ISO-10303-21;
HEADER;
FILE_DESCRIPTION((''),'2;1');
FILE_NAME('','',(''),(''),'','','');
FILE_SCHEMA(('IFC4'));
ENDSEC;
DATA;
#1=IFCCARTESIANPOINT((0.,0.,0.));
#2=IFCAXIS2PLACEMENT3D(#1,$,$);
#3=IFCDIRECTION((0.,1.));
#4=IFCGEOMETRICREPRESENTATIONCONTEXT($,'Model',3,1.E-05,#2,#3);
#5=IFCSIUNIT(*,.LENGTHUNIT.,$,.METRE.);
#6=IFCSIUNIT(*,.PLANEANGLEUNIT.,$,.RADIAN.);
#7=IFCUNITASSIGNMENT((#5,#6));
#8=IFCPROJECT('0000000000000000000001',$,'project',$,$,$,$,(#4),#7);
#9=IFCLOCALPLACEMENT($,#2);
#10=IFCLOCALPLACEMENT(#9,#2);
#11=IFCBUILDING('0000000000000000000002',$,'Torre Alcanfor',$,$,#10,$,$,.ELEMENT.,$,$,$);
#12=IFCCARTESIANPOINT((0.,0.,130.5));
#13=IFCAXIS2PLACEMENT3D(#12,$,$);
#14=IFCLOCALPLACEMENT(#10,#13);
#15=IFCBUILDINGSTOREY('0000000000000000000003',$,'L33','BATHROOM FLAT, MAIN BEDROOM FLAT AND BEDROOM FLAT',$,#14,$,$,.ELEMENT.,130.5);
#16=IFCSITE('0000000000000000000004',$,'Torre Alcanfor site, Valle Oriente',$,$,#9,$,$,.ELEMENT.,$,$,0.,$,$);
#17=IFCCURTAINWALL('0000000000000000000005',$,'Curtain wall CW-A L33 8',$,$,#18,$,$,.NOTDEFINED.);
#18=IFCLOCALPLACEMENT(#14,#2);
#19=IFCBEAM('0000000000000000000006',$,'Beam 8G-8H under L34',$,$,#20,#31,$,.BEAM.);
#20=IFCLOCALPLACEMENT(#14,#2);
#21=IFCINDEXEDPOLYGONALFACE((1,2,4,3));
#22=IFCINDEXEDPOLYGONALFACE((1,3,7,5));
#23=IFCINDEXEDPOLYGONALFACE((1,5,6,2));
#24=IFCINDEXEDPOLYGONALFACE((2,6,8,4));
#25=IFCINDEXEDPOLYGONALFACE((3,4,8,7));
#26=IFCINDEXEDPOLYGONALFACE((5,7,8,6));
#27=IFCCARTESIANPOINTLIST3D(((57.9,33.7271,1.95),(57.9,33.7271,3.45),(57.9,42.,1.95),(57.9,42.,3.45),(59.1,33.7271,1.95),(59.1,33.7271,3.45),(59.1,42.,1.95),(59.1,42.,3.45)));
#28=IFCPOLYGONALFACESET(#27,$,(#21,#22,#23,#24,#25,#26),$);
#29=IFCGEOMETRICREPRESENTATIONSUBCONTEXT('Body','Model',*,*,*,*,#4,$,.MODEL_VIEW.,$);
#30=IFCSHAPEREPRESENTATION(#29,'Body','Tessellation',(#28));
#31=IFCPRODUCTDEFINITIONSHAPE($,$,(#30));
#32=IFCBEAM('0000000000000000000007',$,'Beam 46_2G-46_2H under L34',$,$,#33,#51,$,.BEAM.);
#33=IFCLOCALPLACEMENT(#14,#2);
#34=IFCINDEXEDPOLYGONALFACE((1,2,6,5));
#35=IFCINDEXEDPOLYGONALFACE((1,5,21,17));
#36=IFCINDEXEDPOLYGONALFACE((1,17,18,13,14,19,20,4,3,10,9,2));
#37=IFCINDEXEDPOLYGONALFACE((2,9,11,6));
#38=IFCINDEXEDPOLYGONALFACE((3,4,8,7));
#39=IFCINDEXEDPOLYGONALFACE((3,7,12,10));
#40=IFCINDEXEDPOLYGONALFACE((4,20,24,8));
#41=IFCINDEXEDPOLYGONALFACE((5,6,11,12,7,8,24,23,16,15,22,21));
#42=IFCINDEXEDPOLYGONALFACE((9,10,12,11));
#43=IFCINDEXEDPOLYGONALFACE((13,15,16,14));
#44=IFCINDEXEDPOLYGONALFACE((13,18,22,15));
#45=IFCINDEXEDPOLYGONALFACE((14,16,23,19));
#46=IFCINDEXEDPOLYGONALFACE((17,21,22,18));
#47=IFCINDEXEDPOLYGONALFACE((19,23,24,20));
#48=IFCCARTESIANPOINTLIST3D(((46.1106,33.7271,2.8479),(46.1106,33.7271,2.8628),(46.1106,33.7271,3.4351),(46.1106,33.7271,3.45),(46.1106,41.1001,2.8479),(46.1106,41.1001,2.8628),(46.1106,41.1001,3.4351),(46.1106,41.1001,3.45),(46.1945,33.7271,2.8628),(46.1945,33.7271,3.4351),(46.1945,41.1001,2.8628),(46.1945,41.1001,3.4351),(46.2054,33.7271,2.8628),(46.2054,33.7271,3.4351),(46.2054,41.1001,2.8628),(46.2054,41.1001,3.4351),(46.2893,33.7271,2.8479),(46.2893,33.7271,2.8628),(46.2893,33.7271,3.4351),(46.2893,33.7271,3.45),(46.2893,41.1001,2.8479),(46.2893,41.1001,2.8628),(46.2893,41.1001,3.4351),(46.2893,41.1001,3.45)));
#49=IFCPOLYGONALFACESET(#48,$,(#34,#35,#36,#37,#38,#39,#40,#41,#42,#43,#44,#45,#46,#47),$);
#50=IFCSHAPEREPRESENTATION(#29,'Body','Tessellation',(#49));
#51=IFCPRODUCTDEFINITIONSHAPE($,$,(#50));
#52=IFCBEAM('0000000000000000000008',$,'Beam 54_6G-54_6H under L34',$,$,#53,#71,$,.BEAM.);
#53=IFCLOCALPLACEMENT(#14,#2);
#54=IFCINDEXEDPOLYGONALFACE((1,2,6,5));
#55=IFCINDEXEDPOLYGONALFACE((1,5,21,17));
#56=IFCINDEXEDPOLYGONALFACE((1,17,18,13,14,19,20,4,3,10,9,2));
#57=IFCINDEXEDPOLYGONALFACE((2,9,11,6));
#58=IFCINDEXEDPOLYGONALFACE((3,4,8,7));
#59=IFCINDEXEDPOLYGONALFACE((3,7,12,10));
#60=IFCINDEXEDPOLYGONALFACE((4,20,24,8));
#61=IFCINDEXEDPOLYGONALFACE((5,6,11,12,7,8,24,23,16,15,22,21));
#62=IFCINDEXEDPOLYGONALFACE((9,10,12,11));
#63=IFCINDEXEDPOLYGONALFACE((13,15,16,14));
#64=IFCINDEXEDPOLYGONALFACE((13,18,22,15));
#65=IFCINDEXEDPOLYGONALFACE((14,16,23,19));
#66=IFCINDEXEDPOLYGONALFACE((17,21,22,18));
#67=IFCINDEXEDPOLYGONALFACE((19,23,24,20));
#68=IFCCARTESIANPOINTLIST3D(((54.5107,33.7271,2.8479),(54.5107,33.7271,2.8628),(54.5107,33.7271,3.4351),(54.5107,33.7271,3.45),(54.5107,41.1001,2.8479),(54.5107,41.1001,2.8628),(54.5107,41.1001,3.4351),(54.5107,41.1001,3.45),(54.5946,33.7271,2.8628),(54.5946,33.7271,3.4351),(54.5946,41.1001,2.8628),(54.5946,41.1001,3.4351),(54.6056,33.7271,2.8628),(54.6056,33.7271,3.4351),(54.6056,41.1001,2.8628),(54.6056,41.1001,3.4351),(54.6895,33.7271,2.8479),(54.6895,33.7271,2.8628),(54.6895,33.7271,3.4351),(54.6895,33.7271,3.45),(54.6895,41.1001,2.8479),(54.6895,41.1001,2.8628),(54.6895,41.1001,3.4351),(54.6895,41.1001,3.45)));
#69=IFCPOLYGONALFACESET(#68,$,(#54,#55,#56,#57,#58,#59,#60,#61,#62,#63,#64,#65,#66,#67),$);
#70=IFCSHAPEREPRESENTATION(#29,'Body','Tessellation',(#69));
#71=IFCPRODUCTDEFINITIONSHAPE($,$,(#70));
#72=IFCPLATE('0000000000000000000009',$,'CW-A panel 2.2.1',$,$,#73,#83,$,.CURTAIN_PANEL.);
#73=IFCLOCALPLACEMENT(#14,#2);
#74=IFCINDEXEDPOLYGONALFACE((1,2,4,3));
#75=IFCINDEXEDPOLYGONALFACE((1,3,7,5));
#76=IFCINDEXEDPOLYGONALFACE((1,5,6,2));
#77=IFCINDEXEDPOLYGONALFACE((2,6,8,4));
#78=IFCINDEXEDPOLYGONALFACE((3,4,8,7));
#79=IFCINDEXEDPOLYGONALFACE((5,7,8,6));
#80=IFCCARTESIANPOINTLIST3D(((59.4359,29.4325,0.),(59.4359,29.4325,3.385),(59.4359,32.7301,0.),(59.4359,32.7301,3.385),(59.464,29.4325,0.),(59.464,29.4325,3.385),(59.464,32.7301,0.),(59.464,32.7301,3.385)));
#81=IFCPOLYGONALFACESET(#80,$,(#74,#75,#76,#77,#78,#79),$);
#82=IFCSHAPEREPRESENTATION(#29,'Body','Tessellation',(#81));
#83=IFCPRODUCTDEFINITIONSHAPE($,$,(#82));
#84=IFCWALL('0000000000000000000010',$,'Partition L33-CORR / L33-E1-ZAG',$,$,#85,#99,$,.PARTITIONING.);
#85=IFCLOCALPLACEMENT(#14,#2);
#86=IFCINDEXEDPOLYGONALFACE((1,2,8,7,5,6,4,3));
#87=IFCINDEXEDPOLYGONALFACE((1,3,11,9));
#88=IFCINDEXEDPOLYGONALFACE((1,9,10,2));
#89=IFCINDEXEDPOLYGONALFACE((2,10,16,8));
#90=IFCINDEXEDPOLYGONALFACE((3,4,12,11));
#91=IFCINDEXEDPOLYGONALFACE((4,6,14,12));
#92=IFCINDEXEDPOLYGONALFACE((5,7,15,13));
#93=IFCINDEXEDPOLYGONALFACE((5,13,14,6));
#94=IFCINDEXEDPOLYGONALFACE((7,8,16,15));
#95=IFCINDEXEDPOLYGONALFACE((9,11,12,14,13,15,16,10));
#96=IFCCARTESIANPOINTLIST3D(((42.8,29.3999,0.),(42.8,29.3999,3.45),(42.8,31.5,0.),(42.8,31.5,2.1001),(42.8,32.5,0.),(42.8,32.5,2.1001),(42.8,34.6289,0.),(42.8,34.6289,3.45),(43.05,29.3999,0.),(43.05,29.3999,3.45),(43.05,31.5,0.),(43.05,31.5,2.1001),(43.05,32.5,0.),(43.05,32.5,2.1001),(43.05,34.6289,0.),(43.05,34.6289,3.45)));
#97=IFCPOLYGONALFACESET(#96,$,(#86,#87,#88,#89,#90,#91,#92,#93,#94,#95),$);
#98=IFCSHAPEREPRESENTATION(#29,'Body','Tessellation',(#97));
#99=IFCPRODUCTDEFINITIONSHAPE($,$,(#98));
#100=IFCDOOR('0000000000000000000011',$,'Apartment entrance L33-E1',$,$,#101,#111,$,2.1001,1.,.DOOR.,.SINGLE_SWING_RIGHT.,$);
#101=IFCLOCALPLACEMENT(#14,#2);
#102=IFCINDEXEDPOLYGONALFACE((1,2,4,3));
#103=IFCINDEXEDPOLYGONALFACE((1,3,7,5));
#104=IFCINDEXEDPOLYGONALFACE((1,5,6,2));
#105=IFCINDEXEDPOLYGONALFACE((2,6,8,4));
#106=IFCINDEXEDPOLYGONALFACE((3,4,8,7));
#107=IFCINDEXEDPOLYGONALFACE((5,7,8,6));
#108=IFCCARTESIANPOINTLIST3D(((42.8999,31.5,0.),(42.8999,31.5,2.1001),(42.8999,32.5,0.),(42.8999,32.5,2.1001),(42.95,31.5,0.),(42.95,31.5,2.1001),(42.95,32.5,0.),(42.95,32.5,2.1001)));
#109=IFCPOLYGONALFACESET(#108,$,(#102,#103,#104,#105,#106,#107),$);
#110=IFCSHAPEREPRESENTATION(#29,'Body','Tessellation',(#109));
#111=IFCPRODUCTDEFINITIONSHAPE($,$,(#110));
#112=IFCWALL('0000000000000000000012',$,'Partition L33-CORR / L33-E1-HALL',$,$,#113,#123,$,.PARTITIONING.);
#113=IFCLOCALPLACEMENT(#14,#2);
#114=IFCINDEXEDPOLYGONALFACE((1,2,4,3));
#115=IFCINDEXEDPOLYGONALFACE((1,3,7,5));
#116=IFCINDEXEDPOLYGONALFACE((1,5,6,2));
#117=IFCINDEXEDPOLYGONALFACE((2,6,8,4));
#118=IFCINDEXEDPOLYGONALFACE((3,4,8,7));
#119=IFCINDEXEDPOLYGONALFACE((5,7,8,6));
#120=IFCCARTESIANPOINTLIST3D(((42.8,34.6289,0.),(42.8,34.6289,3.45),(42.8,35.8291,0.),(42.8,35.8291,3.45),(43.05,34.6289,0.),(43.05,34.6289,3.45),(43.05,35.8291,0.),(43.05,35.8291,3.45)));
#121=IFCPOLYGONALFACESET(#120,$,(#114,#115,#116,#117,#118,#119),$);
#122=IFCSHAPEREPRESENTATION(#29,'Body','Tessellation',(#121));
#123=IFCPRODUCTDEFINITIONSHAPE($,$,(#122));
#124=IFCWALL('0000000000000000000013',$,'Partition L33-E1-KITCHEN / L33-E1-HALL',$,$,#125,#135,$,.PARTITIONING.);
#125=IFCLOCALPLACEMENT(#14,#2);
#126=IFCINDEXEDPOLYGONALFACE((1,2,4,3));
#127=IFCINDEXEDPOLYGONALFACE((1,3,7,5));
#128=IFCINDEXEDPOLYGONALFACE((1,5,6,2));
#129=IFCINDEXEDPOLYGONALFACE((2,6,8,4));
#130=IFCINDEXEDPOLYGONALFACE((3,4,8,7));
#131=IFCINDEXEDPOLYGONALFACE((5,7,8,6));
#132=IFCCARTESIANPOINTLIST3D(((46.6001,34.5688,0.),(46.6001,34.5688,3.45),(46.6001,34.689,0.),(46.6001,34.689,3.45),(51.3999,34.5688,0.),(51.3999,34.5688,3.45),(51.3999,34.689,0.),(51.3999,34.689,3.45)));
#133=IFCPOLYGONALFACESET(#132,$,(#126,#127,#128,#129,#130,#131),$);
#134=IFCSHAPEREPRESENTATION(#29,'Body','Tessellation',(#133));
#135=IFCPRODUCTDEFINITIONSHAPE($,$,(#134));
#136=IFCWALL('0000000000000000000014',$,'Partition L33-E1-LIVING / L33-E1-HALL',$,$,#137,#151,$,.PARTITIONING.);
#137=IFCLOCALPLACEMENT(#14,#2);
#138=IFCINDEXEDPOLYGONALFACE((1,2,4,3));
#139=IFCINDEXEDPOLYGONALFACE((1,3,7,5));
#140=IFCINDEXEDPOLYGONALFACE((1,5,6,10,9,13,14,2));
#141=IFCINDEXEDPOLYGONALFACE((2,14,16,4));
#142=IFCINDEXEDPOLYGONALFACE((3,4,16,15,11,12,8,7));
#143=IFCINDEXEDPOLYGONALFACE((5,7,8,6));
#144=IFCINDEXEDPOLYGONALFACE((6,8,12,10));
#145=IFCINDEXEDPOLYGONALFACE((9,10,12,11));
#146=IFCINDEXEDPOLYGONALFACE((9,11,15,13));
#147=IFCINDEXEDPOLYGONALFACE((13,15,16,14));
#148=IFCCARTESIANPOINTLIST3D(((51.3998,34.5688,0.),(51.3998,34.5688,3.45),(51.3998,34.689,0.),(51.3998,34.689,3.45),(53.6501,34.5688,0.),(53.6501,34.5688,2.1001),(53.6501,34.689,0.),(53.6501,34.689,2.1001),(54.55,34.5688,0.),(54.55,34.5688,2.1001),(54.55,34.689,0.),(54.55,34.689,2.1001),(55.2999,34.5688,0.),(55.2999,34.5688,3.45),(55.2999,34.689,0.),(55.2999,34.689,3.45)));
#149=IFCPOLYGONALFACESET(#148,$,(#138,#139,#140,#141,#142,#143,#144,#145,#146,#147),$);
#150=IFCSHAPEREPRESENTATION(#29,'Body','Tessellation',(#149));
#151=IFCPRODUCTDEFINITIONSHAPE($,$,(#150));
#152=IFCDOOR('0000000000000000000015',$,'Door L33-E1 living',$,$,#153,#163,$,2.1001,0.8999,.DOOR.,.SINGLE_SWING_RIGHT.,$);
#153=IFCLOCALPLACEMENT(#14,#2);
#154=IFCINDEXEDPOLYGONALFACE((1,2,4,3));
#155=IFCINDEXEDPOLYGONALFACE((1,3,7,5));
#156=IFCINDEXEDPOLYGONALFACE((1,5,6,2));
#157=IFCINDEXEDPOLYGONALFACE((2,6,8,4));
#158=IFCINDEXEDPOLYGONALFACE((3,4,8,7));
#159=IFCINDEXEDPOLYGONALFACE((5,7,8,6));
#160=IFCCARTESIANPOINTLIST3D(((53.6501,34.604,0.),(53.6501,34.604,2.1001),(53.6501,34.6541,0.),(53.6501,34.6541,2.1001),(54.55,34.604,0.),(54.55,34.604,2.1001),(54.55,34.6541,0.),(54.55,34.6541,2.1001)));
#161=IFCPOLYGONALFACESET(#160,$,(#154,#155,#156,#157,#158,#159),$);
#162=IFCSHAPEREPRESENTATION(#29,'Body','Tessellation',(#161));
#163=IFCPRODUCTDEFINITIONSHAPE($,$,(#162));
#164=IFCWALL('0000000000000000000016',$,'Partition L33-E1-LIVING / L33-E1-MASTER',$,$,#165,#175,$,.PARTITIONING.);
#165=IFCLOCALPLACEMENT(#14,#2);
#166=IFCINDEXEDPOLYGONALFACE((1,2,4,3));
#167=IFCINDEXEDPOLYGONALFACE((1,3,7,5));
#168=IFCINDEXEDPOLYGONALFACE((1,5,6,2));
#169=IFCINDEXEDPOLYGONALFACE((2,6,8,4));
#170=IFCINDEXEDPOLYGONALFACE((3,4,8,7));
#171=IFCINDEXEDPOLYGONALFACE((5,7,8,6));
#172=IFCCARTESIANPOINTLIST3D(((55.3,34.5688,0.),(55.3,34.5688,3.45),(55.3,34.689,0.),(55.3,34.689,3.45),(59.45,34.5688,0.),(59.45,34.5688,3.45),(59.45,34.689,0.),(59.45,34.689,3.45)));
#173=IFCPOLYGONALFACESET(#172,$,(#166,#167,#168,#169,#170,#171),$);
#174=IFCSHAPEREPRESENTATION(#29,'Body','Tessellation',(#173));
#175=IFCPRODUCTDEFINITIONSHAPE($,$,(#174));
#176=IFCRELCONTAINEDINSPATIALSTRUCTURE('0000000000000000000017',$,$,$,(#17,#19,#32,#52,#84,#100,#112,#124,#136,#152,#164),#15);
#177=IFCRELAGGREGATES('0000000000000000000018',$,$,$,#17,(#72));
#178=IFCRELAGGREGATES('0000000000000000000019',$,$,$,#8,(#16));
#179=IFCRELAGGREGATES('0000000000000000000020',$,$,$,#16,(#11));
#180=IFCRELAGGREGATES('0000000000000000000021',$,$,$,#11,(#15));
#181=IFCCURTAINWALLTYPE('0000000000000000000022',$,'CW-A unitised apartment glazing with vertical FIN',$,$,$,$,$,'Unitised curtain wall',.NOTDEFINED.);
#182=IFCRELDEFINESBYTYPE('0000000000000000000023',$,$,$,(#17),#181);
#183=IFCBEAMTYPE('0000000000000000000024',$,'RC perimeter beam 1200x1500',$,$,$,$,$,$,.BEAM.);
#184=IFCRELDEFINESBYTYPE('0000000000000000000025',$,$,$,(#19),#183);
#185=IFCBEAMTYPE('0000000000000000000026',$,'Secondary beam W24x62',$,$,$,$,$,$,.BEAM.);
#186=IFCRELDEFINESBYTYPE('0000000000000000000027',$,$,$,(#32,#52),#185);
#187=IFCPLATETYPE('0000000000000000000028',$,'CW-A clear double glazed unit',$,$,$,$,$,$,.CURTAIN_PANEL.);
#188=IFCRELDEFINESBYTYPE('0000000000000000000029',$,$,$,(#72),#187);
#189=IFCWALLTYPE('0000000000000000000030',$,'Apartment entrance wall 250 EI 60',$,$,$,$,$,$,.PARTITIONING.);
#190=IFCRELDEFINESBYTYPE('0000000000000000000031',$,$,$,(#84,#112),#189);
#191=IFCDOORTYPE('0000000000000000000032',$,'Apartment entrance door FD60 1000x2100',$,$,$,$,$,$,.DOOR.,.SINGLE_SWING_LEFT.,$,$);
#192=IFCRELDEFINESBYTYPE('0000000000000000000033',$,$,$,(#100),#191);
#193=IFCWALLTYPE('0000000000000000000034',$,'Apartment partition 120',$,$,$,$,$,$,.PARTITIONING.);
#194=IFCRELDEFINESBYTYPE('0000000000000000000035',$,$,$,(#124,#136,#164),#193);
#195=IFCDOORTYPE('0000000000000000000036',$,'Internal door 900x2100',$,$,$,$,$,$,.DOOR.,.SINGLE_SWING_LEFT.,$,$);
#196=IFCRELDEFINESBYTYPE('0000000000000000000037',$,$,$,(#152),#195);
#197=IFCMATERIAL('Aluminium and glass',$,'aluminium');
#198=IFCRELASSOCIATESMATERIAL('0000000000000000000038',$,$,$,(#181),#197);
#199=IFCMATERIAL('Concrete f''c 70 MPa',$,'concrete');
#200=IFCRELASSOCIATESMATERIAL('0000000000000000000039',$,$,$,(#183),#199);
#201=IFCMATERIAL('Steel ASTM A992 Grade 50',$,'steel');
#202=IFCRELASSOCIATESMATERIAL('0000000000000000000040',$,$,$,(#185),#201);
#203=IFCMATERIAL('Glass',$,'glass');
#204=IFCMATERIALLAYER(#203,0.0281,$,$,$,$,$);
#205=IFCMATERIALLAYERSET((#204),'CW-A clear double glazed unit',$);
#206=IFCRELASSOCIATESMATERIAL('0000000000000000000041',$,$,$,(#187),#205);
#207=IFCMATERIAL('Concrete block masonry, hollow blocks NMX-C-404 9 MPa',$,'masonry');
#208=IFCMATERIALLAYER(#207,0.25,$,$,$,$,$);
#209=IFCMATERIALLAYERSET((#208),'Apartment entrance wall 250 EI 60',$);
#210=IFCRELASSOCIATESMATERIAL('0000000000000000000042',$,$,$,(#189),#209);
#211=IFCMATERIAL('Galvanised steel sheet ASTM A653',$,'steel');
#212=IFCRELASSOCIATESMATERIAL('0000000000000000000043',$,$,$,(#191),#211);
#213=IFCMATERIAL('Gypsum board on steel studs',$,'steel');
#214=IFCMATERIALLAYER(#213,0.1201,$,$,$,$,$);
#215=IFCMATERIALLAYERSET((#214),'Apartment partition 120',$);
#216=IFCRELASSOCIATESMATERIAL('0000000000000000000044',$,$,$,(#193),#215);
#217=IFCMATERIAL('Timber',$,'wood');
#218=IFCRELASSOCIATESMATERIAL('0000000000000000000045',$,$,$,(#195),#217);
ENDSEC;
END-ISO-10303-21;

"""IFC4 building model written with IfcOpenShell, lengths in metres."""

from ifc_helpers import new_model, si_unit, direction, frame, frame_2d, origin, origin_2d, place, context, subcontext, project, spatial, rectangle, i_section, extrude, material, layer, layer_set, material_profile, profile_set, type_object, element, fill, aggregate, save


model = new_model("IFC4")

# Units and contexts
model_context = context("Model", 3, precision=1e-05, world=origin(), true_north=direction((0.0, 1.0)))
body_context = subcontext(model_context, "Body", "Model", "MODEL_VIEW")
ifc_project = project(units=[si_unit("LENGTHUNIT", "METRE"), si_unit("PLANEANGLEUNIT", "RADIAN")], contexts=[model_context])

# Site, building, storey
site_placement = place(None, origin())
site = spatial("IfcSite", under=ifc_project, at=site_placement, Name="Torre Alcanfor site, Valle Oriente", CompositionType="ELEMENT", RefElevation=0.0)
building_placement = place(site_placement, origin())
building = spatial("IfcBuilding", under=site, at=building_placement, Name="Torre Alcanfor", CompositionType="ELEMENT")
storey_placement = place(building_placement, frame((0.0, 0.0, 130.5)))
storey = spatial("IfcBuildingStorey", under=building, at=storey_placement, Name="L33", Description="BATHROOM FLAT, MAIN BEDROOM FLAT AND BEDROOM FLAT", CompositionType="ELEMENT", Elevation=130.5)

# Curtain wall
ifc_material_1 = material(Name="Aluminium and glass", Category="aluminium")
curtain_wall_type = type_object("IfcCurtainWallType", Name="CW-A unitised apartment glazing with vertical FIN", ElementType="Unitised curtain wall", PredefinedType="NOTDEFINED", material=ifc_material_1)
curtain_wall_placement = place(storey_placement, origin())
curtain_wall = element("IfcCurtainWall", 1, at=curtain_wall_placement, inside=storey, type_object=curtain_wall_type, Name="Curtain wall CW-A L33 8", PredefinedType="NOTDEFINED")

# Beams
ifc_material_2 = material(Name="Concrete f'c 70 MPa", Category="concrete")
ifc_material_profile_1 = material_profile(ifc_material_2, rectangle(XDim=1.2, YDim=1.5, at=origin_2d()), Name="1200x1500")
ifc_profile_set_1 = profile_set([ifc_material_profile_1], Name="Concrete f'c 70 MPa")
beam_type_1 = type_object("IfcBeamType", Name="RC perimeter beam 1200x1500", PredefinedType="BEAM", material=ifc_profile_set_1)
beam_1_placement = place(storey_placement, frame((58.5, 33.7271, 2.7), z_axis=(0.0, 1.0, 0.0), x_axis=(-1.0, 0.0, 0.0)))
element("IfcBeam", 2, at=beam_1_placement, inside=storey, type_object=beam_type_1, Name="Beam 8G-8H under L34", PredefinedType="BEAM", context=body_context, shape_type="SweptSolid", body=[
    extrude(rectangle(XDim=1.2, YDim=1.5, at=origin_2d()), origin(), (0.0, 0.0, 1.0), 8.2729),
])
ifc_material_3 = material(Name="Steel ASTM A992 Grade 50", Category="steel")
ifc_material_profile_2 = material_profile(ifc_material_3, i_section(OverallWidth=0.1787, OverallDepth=0.6021, WebThickness=0.011, FlangeThickness=0.0149, at=origin_2d()), Name="W24x62")
ifc_profile_set_2 = profile_set([ifc_material_profile_2], Name="Steel ASTM A992 Grade 50")
beam_type_2 = type_object("IfcBeamType", Name="Secondary beam W24x62", PredefinedType="BEAM", material=ifc_profile_set_2)
for number, where, z_axis, x_axis, name in (
    (3, (46.2, 33.7271, 3.1489), (0.0, 1.0, 0.0), (-1.0, 0.0, 0.0), "Beam 46_2G-46_2H under L34"),
    (4, (54.6001, 33.7271, 3.1489), (0.0, 1.0, 0.0), (-1.0, 0.0, 0.0), "Beam 54_6G-54_6H under L34"),
):
    element("IfcBeam", number, at=place(storey_placement, frame(where, z_axis=z_axis, x_axis=x_axis)), inside=storey, type_object=beam_type_2, Name=name, PredefinedType="BEAM", context=body_context, shape_type="SweptSolid", body=[
        extrude(i_section(OverallWidth=0.1787, OverallDepth=0.6021, WebThickness=0.011, FlangeThickness=0.0149, at=origin_2d()), origin(), (0.0, 0.0, 1.0), 7.373),
    ])

# Plate
ifc_material_4 = material(Name="Glass", Category="glass")
ifc_layer_1 = layer(ifc_material_4, 0.0281)
ifc_layer_set_1 = layer_set([ifc_layer_1], Name="CW-A clear double glazed unit")
plate_type = type_object("IfcPlateType", Name="CW-A clear double glazed unit", PredefinedType="CURTAIN_PANEL", material=ifc_layer_set_1)
plate_placement = place(storey_placement, frame((59.45, 31.0813, 0.0), z_axis=(0.0, 0.0, 1.0), x_axis=(0.0, 1.0, 0.0)))
plate = element("IfcPlate", 5, at=plate_placement, type_object=plate_type, Name="CW-A panel 2.2.1", PredefinedType="CURTAIN_PANEL", context=body_context, shape_type="SweptSolid", body=[
    extrude(rectangle(XDim=3.2976, YDim=0.0281, at=origin_2d()), origin(), (0.0, 0.0, 1.0), 3.385),
])
aggregate(curtain_wall, [plate])

# Wall, opening, door
ifc_material_5 = material(Name="Concrete block masonry, hollow blocks NMX-C-404 9 MPa", Category="masonry")
ifc_layer_2 = layer(ifc_material_5, 0.25)
ifc_layer_set_2 = layer_set([ifc_layer_2], Name="Apartment entrance wall 250 EI 60")
wall_type_1 = type_object("IfcWallType", Name="Apartment entrance wall 250 EI 60", PredefinedType="PARTITIONING", material=ifc_layer_set_2)
wall_1_placement = place(storey_placement, frame((42.925, 34.6289, 0.0), z_axis=(0.0, 0.0, 1.0), x_axis=(0.0, -1.0, 0.0)))
wall_1 = element("IfcWall", 6, at=wall_1_placement, inside=storey, type_object=wall_type_1, Name="Partition L33-CORR / L33-E1-ZAG", PredefinedType="PARTITIONING", context=body_context, shape_type="SweptSolid", body=[
    extrude(rectangle(XDim=5.229, YDim=0.25, at=frame_2d((2.6145, 0.0))), origin(), (0.0, 0.0, 1.0), 3.45),
])
opening_1_placement = place(wall_1_placement, frame((2.1289, 0.0, 0.0)))
opening_1 = element("IfcOpeningElement", 7, at=opening_1_placement, cuts=wall_1, PredefinedType="OPENING", context=body_context, shape_type="SweptSolid", body=[
    extrude(rectangle(XDim=1.0, YDim=2.1001, at=frame_2d((0.5, 1.05))), frame((0.0, 0.135, 0.0), z_axis=(0.0, -1.0, 0.0), x_axis=(1.0, 0.0, 0.0)), (0.0, 0.0, 1.0), 0.27),
])
ifc_material_6 = material(Name="Galvanised steel sheet ASTM A653", Category="steel")
door_type_1 = type_object("IfcDoorType", Name="Apartment entrance door FD60 1000x2100", OperationType="SINGLE_SWING_LEFT", PredefinedType="DOOR", material=ifc_material_6)
door_1_placement = place(opening_1_placement, origin())
door_1 = element("IfcDoor", 8, at=door_1_placement, inside=storey, type_object=door_type_1, Name="Apartment entrance L33-E1", OperationType="SINGLE_SWING_RIGHT", OverallHeight=2.1001, OverallWidth=1.0, PredefinedType="DOOR", context=body_context, shape_type="SweptSolid", body=[
    extrude(rectangle(XDim=1.0, YDim=2.1001, at=frame_2d((0.5, 1.05))), frame((0.0, 0.0249, 0.0), z_axis=(0.0, -1.0, 0.0), x_axis=(1.0, 0.0, 0.0)), (0.0, 0.0, 1.0), 0.05),
])
fill(opening_1, door_1)

# Walls
wall_2_placement = place(storey_placement, frame((42.925, 35.8291, 0.0), z_axis=(0.0, 0.0, 1.0), x_axis=(0.0, -1.0, 0.0)))
element("IfcWall", 9, at=wall_2_placement, inside=storey, type_object=wall_type_1, Name="Partition L33-CORR / L33-E1-HALL", PredefinedType="PARTITIONING", context=body_context, shape_type="SweptSolid", body=[
    extrude(rectangle(XDim=1.2002, YDim=0.25, at=frame_2d((0.6001, 0.0))), origin(), (0.0, 0.0, 1.0), 3.45),
])
ifc_material_7 = material(Name="Gypsum board on steel studs", Category="steel")
ifc_layer_3 = layer(ifc_material_7, 0.1201)
ifc_layer_set_3 = layer_set([ifc_layer_3], Name="Apartment partition 120")
wall_type_2 = type_object("IfcWallType", Name="Apartment partition 120", PredefinedType="PARTITIONING", material=ifc_layer_set_3)
wall_3_placement = place(storey_placement, frame((51.3999, 34.6289, 0.0), z_axis=(0.0, 0.0, 1.0), x_axis=(-1.0, 0.0, 0.0)))
element("IfcWall", 10, at=wall_3_placement, inside=storey, type_object=wall_type_2, Name="Partition L33-E1-KITCHEN / L33-E1-HALL", PredefinedType="PARTITIONING", context=body_context, shape_type="SweptSolid", body=[
    extrude(rectangle(XDim=4.7998, YDim=0.1201, at=frame_2d((2.3999, 0.0))), origin(), (0.0, 0.0, 1.0), 3.45),
])

# Wall, opening, door
wall_4_placement = place(storey_placement, frame((55.3, 34.6289, 0.0), z_axis=(0.0, 0.0, 1.0), x_axis=(-1.0, 0.0, 0.0)))
wall_4 = element("IfcWall", 11, at=wall_4_placement, inside=storey, type_object=wall_type_2, Name="Partition L33-E1-LIVING / L33-E1-HALL", PredefinedType="PARTITIONING", context=body_context, shape_type="SweptSolid", body=[
    extrude(rectangle(XDim=3.9001, YDim=0.1201, at=frame_2d((1.9502, 0.0))), origin(), (0.0, 0.0, 1.0), 3.45),
])
opening_2_placement = place(wall_4_placement, frame((0.75, 0.0, 0.0)))
opening_2 = element("IfcOpeningElement", 12, at=opening_2_placement, cuts=wall_4, PredefinedType="OPENING", context=body_context, shape_type="SweptSolid", body=[
    extrude(rectangle(XDim=0.8999, YDim=2.1001, at=frame_2d((0.45, 1.05))), frame((0.0, 0.0701, 0.0), z_axis=(0.0, -1.0, 0.0), x_axis=(1.0, 0.0, 0.0)), (0.0, 0.0, 1.0), 0.1401),
])
ifc_material_8 = material(Name="Timber", Category="wood")
door_type_2 = type_object("IfcDoorType", Name="Internal door 900x2100", OperationType="SINGLE_SWING_LEFT", PredefinedType="DOOR", material=ifc_material_8)
door_2_placement = place(opening_2_placement, origin())
door_2 = element("IfcDoor", 13, at=door_2_placement, inside=storey, type_object=door_type_2, Name="Door L33-E1 living", OperationType="SINGLE_SWING_RIGHT", OverallHeight=2.1001, OverallWidth=0.8999, PredefinedType="DOOR", context=body_context, shape_type="SweptSolid", body=[
    extrude(rectangle(XDim=0.8999, YDim=2.1001, at=frame_2d((0.45, 1.05))), frame((0.0, 0.0249, 0.0), z_axis=(0.0, -1.0, 0.0), x_axis=(1.0, 0.0, 0.0)), (0.0, 0.0, 1.0), 0.05),
])
fill(opening_2, door_2)

# Wall
wall_5_placement = place(storey_placement, frame((59.45, 34.6289, 0.0), z_axis=(0.0, 0.0, 1.0), x_axis=(-1.0, 0.0, 0.0)))
element("IfcWall", 14, at=wall_5_placement, inside=storey, type_object=wall_type_2, Name="Partition L33-E1-LIVING / L33-E1-MASTER", PredefinedType="PARTITIONING", context=body_context, shape_type="SweptSolid", body=[
    extrude(rectangle(XDim=4.1499, YDim=0.1201, at=frame_2d((2.075, 0.0))), origin(), (0.0, 0.0, 1.0), 3.45),
])

save(model, "model.ifc")
